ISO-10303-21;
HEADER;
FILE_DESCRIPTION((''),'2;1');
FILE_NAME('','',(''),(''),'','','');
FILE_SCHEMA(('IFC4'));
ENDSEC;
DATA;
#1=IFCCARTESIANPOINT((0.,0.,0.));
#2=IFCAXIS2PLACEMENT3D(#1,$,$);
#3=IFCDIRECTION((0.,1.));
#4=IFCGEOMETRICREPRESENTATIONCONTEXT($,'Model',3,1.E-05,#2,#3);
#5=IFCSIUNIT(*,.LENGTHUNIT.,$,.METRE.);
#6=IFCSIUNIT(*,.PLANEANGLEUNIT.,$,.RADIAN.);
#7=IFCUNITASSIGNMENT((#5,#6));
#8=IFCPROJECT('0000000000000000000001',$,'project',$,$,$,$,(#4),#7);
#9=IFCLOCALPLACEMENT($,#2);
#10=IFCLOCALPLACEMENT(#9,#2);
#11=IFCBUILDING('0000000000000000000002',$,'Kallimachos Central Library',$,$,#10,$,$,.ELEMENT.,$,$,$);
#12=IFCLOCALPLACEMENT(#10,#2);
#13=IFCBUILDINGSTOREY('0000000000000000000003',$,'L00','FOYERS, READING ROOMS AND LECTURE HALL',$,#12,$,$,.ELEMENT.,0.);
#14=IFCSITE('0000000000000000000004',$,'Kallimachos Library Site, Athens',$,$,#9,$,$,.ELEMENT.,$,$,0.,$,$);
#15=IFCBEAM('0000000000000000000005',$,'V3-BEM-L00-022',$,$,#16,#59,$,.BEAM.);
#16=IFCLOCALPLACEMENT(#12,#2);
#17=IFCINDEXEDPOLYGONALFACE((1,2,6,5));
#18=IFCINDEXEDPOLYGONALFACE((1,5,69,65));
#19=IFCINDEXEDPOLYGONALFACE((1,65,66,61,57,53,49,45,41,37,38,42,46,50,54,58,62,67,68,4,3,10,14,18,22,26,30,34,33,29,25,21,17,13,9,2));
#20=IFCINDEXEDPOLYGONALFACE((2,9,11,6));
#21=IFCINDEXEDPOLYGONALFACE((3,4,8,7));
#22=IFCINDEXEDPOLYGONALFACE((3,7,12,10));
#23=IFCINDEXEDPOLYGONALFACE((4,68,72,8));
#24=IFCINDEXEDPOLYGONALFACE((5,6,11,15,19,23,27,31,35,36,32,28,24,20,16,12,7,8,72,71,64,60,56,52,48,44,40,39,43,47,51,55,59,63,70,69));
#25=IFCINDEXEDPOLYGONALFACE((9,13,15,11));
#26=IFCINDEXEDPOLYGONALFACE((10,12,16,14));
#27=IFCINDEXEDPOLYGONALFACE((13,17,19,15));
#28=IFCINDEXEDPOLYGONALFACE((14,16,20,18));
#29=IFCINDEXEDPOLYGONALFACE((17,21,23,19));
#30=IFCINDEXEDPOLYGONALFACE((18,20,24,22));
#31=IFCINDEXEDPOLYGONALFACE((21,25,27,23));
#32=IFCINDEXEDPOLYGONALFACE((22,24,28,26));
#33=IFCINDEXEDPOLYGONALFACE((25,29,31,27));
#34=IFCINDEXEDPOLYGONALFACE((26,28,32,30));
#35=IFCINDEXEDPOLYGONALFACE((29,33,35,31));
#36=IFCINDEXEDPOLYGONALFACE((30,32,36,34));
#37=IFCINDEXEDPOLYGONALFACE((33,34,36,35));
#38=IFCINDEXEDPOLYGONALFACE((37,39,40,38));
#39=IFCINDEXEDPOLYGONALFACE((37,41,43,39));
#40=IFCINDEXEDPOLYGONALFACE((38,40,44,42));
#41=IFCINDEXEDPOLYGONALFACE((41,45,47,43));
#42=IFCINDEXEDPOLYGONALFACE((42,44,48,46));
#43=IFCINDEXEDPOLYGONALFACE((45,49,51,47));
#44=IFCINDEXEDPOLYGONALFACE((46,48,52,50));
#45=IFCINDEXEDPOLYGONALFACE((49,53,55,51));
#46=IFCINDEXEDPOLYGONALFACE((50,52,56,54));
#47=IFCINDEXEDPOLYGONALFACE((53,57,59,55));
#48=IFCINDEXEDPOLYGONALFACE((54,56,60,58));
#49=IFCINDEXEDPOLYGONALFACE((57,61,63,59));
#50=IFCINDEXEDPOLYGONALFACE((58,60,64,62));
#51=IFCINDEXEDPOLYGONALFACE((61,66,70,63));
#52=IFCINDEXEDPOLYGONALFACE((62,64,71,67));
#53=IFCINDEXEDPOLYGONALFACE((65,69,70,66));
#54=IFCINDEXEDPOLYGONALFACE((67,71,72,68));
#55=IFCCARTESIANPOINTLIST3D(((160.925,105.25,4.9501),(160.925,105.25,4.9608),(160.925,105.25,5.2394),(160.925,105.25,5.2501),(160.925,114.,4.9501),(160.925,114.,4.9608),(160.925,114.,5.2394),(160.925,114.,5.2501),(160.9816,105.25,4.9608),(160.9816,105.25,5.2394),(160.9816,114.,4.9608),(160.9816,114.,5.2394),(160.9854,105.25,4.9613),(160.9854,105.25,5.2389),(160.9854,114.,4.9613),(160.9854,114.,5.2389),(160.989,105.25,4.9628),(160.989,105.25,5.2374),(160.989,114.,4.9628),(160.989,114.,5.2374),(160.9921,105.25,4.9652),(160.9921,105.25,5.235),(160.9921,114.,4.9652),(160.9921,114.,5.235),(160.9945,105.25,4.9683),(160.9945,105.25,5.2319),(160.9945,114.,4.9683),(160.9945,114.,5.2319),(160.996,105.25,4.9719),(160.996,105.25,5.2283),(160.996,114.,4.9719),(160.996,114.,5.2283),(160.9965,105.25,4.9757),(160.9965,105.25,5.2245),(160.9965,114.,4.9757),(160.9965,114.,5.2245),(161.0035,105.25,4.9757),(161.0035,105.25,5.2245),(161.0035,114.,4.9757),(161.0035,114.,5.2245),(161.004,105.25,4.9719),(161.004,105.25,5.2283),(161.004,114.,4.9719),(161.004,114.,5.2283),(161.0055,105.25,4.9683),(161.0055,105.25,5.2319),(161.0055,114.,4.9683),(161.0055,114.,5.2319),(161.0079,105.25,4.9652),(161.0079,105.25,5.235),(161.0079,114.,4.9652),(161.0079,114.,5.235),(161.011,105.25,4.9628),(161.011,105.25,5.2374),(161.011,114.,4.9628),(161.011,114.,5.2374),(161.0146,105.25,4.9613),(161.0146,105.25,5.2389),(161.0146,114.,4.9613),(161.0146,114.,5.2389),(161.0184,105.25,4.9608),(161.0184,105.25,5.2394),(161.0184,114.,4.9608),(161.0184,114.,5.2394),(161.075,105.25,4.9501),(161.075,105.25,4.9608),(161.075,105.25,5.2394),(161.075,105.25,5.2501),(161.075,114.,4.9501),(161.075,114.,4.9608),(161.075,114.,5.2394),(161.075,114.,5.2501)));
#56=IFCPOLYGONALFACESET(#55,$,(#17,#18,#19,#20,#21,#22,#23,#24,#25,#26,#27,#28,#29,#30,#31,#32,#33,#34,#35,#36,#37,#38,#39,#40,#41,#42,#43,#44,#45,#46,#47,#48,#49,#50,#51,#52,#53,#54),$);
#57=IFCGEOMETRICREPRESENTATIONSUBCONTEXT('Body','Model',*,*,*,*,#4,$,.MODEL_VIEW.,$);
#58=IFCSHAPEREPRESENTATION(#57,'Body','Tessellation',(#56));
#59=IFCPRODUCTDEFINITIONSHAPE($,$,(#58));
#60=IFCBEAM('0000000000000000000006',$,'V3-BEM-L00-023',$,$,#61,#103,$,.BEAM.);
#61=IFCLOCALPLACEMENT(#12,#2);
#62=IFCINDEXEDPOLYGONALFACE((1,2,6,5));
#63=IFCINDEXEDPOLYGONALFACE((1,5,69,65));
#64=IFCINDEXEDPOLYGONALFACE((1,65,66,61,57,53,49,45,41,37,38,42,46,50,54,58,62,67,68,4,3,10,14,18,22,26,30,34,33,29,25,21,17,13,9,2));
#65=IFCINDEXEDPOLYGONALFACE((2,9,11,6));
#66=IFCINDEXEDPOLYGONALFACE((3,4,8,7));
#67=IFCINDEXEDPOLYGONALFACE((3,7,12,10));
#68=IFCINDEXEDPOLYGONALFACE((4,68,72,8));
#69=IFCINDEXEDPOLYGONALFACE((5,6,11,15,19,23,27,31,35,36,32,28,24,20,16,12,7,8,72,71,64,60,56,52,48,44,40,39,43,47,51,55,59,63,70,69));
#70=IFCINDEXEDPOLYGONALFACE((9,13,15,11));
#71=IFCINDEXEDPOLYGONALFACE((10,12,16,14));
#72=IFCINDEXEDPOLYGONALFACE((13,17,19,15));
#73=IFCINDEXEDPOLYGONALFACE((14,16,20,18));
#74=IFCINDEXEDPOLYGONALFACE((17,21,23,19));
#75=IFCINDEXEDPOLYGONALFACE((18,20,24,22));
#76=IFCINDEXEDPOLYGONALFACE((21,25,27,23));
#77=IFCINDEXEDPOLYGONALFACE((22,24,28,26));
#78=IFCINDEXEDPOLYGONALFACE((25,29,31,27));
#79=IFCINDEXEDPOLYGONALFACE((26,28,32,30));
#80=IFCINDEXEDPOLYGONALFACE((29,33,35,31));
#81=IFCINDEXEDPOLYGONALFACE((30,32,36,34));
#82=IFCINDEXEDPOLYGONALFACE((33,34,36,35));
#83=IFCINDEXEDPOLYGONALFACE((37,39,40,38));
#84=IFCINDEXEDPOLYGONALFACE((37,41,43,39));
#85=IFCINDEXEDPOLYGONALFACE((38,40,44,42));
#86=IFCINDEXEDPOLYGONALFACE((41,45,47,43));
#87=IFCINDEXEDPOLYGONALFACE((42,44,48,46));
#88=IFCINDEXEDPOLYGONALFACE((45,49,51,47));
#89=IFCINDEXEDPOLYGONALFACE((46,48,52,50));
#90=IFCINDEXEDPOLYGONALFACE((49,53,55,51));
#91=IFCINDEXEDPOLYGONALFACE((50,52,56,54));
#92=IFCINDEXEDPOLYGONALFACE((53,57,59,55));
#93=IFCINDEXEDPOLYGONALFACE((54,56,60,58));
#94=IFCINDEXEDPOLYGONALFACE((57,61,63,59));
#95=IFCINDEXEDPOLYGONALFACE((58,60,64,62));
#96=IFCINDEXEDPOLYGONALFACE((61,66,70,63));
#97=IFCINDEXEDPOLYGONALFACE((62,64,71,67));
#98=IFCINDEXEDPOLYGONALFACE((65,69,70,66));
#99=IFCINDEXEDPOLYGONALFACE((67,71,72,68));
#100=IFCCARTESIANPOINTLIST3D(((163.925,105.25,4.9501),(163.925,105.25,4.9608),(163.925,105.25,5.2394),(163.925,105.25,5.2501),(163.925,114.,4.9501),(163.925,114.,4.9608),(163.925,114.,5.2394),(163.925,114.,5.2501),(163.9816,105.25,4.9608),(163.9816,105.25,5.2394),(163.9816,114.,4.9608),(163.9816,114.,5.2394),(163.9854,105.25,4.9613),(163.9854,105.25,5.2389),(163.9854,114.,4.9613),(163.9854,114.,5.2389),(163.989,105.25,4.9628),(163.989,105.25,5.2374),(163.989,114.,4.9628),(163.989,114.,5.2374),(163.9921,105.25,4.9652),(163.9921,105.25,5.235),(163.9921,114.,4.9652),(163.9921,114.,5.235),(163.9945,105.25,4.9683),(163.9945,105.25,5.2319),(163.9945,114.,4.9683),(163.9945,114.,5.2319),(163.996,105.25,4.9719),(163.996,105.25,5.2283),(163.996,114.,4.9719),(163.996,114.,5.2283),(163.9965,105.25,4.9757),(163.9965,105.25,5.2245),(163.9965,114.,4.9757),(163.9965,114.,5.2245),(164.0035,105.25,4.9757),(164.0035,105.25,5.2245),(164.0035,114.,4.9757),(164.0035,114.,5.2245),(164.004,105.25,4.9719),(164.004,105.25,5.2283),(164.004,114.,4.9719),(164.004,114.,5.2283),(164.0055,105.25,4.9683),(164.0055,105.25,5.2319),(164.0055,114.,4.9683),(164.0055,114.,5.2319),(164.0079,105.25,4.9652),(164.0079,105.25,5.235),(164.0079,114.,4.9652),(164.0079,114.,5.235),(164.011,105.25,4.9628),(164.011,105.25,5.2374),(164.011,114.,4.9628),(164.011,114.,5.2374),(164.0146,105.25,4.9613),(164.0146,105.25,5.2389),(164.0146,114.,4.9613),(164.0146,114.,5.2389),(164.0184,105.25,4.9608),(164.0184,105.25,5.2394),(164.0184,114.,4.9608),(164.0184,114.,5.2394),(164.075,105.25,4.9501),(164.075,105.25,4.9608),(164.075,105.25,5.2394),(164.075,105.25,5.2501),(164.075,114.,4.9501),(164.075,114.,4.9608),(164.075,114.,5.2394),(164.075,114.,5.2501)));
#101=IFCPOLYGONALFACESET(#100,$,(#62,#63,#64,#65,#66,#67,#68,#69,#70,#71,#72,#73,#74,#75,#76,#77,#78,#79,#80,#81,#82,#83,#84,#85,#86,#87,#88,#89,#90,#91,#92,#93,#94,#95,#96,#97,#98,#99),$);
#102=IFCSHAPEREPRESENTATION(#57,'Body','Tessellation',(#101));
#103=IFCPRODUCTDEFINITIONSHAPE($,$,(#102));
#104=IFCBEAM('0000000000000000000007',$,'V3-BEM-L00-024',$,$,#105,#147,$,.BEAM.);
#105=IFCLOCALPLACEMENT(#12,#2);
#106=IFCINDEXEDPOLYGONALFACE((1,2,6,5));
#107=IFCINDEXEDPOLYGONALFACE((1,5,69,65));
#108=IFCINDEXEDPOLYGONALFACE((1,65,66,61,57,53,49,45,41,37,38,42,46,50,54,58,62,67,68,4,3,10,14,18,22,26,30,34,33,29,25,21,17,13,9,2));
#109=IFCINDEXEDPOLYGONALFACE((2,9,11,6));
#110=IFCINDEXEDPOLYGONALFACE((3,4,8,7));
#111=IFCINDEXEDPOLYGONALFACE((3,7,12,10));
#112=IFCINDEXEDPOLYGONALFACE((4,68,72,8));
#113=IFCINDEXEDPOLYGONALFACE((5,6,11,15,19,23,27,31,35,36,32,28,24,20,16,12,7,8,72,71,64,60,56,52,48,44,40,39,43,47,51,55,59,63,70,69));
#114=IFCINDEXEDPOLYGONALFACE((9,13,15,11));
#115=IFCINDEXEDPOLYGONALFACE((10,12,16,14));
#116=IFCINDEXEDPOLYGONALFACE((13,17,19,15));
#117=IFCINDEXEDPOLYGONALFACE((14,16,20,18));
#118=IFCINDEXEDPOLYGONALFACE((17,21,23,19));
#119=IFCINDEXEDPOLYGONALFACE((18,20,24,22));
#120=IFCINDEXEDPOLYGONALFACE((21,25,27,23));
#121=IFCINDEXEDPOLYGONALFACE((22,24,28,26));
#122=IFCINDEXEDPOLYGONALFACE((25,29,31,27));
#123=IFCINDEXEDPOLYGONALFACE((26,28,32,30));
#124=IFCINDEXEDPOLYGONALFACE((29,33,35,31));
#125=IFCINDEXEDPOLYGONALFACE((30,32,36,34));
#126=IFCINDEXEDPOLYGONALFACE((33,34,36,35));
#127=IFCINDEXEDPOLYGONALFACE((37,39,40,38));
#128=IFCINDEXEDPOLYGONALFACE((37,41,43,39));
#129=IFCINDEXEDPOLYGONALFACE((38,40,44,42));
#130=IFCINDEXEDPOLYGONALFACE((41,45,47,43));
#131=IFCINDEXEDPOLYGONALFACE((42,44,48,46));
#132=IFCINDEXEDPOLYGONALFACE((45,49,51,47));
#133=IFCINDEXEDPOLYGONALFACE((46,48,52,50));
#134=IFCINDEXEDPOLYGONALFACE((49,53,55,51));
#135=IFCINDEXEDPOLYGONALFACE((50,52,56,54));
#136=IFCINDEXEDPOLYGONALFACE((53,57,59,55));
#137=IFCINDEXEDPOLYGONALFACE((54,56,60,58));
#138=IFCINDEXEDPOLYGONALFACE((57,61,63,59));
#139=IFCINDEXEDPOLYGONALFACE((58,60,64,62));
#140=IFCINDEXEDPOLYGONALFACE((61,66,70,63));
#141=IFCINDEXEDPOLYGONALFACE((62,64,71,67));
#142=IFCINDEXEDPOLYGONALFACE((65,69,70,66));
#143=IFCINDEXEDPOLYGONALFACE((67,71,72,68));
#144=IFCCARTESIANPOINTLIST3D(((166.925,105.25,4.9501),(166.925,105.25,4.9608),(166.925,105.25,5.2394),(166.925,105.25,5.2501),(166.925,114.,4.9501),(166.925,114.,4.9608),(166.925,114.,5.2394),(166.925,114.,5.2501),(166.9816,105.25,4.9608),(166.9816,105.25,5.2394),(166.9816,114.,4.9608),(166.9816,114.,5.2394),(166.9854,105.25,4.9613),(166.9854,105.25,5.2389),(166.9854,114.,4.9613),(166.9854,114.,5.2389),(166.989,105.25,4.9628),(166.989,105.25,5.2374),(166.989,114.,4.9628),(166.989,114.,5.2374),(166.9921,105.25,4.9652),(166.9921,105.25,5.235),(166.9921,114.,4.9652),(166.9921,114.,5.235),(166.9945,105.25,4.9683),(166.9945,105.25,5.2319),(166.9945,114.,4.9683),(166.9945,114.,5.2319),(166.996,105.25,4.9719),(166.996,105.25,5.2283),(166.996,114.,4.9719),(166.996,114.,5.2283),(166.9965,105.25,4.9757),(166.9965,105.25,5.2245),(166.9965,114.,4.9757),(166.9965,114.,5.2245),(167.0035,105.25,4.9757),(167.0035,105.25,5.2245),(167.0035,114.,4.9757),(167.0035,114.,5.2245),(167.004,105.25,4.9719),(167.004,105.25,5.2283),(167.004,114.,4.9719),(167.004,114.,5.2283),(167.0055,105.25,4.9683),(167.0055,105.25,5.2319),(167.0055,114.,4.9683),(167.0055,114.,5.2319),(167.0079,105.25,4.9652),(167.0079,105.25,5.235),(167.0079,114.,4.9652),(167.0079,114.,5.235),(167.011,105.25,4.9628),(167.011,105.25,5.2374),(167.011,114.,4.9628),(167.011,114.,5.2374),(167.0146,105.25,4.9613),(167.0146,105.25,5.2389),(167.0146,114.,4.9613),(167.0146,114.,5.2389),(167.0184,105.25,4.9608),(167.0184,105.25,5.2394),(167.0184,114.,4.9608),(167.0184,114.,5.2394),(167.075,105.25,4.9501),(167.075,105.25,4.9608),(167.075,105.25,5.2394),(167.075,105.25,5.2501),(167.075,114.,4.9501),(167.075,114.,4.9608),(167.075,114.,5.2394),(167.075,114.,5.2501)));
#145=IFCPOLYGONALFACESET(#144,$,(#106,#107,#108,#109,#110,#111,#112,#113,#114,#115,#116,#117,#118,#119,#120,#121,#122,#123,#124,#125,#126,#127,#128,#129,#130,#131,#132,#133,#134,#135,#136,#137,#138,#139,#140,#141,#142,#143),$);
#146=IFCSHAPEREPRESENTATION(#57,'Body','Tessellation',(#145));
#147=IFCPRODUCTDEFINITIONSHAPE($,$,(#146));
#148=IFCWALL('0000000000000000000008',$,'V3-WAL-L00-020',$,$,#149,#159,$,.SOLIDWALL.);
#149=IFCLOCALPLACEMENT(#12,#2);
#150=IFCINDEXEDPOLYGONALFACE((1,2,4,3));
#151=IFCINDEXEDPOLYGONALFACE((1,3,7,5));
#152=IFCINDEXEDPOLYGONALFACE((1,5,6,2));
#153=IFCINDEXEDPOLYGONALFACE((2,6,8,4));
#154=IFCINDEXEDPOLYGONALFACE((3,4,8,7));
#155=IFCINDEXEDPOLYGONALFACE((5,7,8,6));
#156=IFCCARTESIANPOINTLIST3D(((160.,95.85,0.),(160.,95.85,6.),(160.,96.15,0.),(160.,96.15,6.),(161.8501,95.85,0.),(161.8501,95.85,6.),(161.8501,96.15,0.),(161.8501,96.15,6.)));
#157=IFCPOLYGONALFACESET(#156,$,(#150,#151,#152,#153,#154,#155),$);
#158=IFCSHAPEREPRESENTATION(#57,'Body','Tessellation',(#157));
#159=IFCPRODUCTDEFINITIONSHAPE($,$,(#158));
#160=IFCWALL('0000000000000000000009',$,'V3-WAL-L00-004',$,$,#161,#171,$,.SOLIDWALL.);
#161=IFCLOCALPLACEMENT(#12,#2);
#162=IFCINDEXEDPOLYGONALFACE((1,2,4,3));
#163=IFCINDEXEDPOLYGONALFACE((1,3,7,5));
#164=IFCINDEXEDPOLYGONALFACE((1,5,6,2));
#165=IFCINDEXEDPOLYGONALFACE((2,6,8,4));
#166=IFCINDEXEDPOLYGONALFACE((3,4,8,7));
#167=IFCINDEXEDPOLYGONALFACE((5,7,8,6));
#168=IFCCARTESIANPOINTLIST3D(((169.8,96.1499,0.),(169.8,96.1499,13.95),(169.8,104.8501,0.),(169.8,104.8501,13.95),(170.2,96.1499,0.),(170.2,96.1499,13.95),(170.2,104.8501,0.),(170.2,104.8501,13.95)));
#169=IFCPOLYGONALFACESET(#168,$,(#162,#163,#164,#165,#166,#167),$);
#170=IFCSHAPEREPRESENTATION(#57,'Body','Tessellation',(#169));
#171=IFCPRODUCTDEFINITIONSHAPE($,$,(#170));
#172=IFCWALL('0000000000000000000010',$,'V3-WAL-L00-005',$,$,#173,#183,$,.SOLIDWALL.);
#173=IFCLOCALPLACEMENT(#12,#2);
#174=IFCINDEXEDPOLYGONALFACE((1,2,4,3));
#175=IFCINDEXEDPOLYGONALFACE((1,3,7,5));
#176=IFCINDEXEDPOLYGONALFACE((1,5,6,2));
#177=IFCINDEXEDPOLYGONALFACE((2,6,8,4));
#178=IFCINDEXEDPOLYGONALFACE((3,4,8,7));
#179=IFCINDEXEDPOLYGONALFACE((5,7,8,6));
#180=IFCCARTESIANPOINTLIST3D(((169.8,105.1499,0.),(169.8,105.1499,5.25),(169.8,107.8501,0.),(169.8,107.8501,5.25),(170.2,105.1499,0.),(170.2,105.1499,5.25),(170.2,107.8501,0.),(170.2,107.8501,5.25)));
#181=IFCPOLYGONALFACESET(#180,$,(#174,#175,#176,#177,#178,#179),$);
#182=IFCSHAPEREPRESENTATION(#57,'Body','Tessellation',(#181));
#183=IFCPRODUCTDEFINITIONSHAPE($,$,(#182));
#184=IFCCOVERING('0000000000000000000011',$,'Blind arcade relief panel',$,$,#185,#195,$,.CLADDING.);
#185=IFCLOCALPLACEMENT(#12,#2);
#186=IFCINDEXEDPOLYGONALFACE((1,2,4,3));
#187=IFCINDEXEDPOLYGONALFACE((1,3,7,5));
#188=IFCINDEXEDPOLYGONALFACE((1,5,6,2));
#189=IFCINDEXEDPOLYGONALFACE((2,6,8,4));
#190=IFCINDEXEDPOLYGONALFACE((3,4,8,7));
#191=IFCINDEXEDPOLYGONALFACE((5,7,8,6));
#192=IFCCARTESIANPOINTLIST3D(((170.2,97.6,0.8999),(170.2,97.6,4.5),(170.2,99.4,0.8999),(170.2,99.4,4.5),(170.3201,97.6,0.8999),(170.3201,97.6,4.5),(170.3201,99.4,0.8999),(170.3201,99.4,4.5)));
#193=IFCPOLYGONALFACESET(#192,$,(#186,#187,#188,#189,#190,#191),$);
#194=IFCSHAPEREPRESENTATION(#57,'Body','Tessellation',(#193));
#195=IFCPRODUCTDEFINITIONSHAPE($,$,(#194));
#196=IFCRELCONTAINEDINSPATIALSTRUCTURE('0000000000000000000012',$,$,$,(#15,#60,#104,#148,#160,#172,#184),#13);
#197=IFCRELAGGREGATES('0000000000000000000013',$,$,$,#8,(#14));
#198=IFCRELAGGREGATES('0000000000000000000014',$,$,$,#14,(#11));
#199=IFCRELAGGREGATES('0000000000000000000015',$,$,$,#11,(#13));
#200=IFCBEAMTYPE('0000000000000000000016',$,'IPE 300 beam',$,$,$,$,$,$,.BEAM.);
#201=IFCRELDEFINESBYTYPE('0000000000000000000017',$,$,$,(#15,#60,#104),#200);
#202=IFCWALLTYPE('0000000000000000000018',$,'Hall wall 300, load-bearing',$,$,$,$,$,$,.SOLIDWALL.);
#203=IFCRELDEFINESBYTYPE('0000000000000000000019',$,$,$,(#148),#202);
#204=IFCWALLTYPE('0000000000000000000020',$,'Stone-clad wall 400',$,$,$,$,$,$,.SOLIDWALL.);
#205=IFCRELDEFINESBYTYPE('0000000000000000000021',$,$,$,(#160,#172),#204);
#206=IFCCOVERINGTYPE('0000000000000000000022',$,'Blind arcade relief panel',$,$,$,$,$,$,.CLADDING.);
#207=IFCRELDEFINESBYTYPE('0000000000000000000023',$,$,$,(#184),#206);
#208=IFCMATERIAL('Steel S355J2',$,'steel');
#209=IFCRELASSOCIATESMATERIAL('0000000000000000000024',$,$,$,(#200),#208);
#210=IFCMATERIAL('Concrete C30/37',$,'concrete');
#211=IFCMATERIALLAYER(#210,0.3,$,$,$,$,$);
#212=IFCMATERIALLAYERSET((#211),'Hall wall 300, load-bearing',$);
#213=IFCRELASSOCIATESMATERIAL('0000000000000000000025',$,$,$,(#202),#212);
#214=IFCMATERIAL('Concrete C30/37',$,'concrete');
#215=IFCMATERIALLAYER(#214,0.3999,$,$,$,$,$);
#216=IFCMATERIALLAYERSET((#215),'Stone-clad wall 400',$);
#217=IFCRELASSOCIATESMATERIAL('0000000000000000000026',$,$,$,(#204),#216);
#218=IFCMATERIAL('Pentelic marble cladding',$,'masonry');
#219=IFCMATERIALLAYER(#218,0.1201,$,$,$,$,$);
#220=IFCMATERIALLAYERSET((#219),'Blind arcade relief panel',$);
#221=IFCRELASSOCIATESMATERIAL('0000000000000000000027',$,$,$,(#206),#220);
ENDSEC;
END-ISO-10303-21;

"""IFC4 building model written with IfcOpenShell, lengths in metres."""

from ifc_helpers import new_model, si_unit, direction, frame, frame_2d, origin, origin_2d, place, context, subcontext, project, spatial, rectangle, i_section, extrude, material, layer, layer_set, material_profile, profile_set, type_object, element, save


model = new_model("IFC4")

# Units and contexts
model_context = context("Model", 3, precision=1e-05, world=origin(), true_north=direction((0.0, 1.0)))
body_context = subcontext(model_context, "Body", "Model", "MODEL_VIEW")
ifc_project = project(units=[si_unit("LENGTHUNIT", "METRE"), si_unit("PLANEANGLEUNIT", "RADIAN")], contexts=[model_context])

# Site, building, storey
site_placement = place(None, origin())
site = spatial("IfcSite", under=ifc_project, at=site_placement, Name="Kallimachos Library Site, Athens", CompositionType="ELEMENT", RefElevation=0.0)
building_placement = place(site_placement, origin())
building = spatial("IfcBuilding", under=site, at=building_placement, Name="Kallimachos Central Library", CompositionType="ELEMENT")
storey_placement = place(building_placement, origin())
storey = spatial("IfcBuildingStorey", under=building, at=storey_placement, Name="L00", Description="FOYERS, READING ROOMS AND LECTURE HALL", CompositionType="ELEMENT", Elevation=0.0)

# Beams
ifc_material_1 = material(Name="Steel S355J2", Category="steel")
ifc_material_profile_1 = material_profile(ifc_material_1, i_section(OverallWidth=0.1499, OverallDepth=0.3, WebThickness=0.0071, FlangeThickness=0.0107, FilletRadius=0.0149, at=origin_2d()), Name="IPE 300")
ifc_profile_set_1 = profile_set([ifc_material_profile_1], Name="Steel S355J2")
beam_type = type_object("IfcBeamType", Name="IPE 300 beam", PredefinedType="BEAM", material=ifc_profile_set_1)
for number, where, z_axis, x_axis, name in (
    (1, (161.0, 105.25, 5.1001), (0.0, 1.0, 0.0), (-1.0, 0.0, 0.0), "V3-BEM-L00-022"),
    (2, (164.0, 105.25, 5.1001), (0.0, 1.0, 0.0), (-1.0, 0.0, 0.0), "V3-BEM-L00-023"),
    (3, (167.0, 105.25, 5.1001), (0.0, 1.0, 0.0), (-1.0, 0.0, 0.0), "V3-BEM-L00-024"),
):
    element("IfcBeam", number, at=place(storey_placement, frame(where, z_axis=z_axis, x_axis=x_axis)), inside=storey, type_object=beam_type, Name=name, PredefinedType="BEAM", context=body_context, shape_type="SweptSolid", body=[
        extrude(i_section(OverallWidth=0.1499, OverallDepth=0.3, WebThickness=0.0071, FlangeThickness=0.0107, FilletRadius=0.0149, at=origin_2d()), origin(), (0.0, 0.0, 1.0), 8.75),
    ])

# Walls
ifc_material_2 = material(Name="Concrete C30/37", Category="concrete")
ifc_layer_1 = layer(ifc_material_2, 0.3)
ifc_layer_set_1 = layer_set([ifc_layer_1], Name="Hall wall 300, load-bearing")
wall_type_1 = type_object("IfcWallType", Name="Hall wall 300, load-bearing", PredefinedType="SOLIDWALL", material=ifc_layer_set_1)
wall_1_placement = place(storey_placement, frame((160.0, 96.0, 0.0), z_axis=(0.0, 0.0, 1.0), x_axis=(1.0, 0.0, 0.0)))
element("IfcWall", 4, at=wall_1_placement, inside=storey, type_object=wall_type_1, Name="V3-WAL-L00-020", PredefinedType="SOLIDWALL", context=body_context, shape_type="SweptSolid", body=[
    extrude(rectangle(XDim=1.8501, YDim=0.3, at=frame_2d((0.925, 0.0))), origin(), (0.0, 0.0, 1.0), 6.0),
])
ifc_material_3 = material(Name="Concrete C30/37", Category="concrete")
ifc_layer_2 = layer(ifc_material_3, 0.3999)
ifc_layer_set_2 = layer_set([ifc_layer_2], Name="Stone-clad wall 400")
wall_type_2 = type_object("IfcWallType", Name="Stone-clad wall 400", PredefinedType="SOLIDWALL", material=ifc_layer_set_2)
wall_2_placement = place(storey_placement, frame((170.0, 96.1499, 0.0), z_axis=(0.0, 0.0, 1.0), x_axis=(0.0, 1.0, 0.0)))
element("IfcWall", 5, at=wall_2_placement, inside=storey, type_object=wall_type_2, Name="V3-WAL-L00-004", PredefinedType="SOLIDWALL", context=body_context, shape_type="SweptSolid", body=[
    extrude(rectangle(XDim=8.7002, YDim=0.3999, at=frame_2d((4.3501, 0.0))), origin(), (0.0, 0.0, 1.0), 13.95),
])
wall_3_placement = place(storey_placement, frame((170.0, 105.1499, 0.0), z_axis=(0.0, 0.0, 1.0), x_axis=(0.0, 1.0, 0.0)))
element("IfcWall", 6, at=wall_3_placement, inside=storey, type_object=wall_type_2, Name="V3-WAL-L00-005", PredefinedType="SOLIDWALL", context=body_context, shape_type="SweptSolid", body=[
    extrude(rectangle(XDim=2.7002, YDim=0.3999, at=frame_2d((1.3501, 0.0))), origin(), (0.0, 0.0, 1.0), 5.25),
])

# Covering
ifc_material_4 = material(Name="Pentelic marble cladding", Category="masonry")
ifc_layer_3 = layer(ifc_material_4, 0.1201)
ifc_layer_set_3 = layer_set([ifc_layer_3], Name="Blind arcade relief panel")
covering_type_1 = type_object("IfcCoveringType", Name="Blind arcade relief panel", PredefinedType="CLADDING", material=ifc_layer_set_3)
for number, where, z_axis, x_axis, name in (
    (7, (170.26, 98.5, 0.8999), (0.0, 0.0, 1.0), (1.0, 0.0, 0.0), "Blind arcade relief panel"),
):
    element("IfcCovering", number, at=place(storey_placement, frame(where, z_axis=z_axis, x_axis=x_axis)), inside=storey, type_object=covering_type_1, Name=name, PredefinedType="CLADDING", context=body_context, shape_type="SweptSolid", body=[
        extrude(rectangle(XDim=0.1201, YDim=1.8, at=origin_2d()), origin(), (0.0, 0.0, 1.0), 3.6001),
    ])

save(model, "model.ifc")
